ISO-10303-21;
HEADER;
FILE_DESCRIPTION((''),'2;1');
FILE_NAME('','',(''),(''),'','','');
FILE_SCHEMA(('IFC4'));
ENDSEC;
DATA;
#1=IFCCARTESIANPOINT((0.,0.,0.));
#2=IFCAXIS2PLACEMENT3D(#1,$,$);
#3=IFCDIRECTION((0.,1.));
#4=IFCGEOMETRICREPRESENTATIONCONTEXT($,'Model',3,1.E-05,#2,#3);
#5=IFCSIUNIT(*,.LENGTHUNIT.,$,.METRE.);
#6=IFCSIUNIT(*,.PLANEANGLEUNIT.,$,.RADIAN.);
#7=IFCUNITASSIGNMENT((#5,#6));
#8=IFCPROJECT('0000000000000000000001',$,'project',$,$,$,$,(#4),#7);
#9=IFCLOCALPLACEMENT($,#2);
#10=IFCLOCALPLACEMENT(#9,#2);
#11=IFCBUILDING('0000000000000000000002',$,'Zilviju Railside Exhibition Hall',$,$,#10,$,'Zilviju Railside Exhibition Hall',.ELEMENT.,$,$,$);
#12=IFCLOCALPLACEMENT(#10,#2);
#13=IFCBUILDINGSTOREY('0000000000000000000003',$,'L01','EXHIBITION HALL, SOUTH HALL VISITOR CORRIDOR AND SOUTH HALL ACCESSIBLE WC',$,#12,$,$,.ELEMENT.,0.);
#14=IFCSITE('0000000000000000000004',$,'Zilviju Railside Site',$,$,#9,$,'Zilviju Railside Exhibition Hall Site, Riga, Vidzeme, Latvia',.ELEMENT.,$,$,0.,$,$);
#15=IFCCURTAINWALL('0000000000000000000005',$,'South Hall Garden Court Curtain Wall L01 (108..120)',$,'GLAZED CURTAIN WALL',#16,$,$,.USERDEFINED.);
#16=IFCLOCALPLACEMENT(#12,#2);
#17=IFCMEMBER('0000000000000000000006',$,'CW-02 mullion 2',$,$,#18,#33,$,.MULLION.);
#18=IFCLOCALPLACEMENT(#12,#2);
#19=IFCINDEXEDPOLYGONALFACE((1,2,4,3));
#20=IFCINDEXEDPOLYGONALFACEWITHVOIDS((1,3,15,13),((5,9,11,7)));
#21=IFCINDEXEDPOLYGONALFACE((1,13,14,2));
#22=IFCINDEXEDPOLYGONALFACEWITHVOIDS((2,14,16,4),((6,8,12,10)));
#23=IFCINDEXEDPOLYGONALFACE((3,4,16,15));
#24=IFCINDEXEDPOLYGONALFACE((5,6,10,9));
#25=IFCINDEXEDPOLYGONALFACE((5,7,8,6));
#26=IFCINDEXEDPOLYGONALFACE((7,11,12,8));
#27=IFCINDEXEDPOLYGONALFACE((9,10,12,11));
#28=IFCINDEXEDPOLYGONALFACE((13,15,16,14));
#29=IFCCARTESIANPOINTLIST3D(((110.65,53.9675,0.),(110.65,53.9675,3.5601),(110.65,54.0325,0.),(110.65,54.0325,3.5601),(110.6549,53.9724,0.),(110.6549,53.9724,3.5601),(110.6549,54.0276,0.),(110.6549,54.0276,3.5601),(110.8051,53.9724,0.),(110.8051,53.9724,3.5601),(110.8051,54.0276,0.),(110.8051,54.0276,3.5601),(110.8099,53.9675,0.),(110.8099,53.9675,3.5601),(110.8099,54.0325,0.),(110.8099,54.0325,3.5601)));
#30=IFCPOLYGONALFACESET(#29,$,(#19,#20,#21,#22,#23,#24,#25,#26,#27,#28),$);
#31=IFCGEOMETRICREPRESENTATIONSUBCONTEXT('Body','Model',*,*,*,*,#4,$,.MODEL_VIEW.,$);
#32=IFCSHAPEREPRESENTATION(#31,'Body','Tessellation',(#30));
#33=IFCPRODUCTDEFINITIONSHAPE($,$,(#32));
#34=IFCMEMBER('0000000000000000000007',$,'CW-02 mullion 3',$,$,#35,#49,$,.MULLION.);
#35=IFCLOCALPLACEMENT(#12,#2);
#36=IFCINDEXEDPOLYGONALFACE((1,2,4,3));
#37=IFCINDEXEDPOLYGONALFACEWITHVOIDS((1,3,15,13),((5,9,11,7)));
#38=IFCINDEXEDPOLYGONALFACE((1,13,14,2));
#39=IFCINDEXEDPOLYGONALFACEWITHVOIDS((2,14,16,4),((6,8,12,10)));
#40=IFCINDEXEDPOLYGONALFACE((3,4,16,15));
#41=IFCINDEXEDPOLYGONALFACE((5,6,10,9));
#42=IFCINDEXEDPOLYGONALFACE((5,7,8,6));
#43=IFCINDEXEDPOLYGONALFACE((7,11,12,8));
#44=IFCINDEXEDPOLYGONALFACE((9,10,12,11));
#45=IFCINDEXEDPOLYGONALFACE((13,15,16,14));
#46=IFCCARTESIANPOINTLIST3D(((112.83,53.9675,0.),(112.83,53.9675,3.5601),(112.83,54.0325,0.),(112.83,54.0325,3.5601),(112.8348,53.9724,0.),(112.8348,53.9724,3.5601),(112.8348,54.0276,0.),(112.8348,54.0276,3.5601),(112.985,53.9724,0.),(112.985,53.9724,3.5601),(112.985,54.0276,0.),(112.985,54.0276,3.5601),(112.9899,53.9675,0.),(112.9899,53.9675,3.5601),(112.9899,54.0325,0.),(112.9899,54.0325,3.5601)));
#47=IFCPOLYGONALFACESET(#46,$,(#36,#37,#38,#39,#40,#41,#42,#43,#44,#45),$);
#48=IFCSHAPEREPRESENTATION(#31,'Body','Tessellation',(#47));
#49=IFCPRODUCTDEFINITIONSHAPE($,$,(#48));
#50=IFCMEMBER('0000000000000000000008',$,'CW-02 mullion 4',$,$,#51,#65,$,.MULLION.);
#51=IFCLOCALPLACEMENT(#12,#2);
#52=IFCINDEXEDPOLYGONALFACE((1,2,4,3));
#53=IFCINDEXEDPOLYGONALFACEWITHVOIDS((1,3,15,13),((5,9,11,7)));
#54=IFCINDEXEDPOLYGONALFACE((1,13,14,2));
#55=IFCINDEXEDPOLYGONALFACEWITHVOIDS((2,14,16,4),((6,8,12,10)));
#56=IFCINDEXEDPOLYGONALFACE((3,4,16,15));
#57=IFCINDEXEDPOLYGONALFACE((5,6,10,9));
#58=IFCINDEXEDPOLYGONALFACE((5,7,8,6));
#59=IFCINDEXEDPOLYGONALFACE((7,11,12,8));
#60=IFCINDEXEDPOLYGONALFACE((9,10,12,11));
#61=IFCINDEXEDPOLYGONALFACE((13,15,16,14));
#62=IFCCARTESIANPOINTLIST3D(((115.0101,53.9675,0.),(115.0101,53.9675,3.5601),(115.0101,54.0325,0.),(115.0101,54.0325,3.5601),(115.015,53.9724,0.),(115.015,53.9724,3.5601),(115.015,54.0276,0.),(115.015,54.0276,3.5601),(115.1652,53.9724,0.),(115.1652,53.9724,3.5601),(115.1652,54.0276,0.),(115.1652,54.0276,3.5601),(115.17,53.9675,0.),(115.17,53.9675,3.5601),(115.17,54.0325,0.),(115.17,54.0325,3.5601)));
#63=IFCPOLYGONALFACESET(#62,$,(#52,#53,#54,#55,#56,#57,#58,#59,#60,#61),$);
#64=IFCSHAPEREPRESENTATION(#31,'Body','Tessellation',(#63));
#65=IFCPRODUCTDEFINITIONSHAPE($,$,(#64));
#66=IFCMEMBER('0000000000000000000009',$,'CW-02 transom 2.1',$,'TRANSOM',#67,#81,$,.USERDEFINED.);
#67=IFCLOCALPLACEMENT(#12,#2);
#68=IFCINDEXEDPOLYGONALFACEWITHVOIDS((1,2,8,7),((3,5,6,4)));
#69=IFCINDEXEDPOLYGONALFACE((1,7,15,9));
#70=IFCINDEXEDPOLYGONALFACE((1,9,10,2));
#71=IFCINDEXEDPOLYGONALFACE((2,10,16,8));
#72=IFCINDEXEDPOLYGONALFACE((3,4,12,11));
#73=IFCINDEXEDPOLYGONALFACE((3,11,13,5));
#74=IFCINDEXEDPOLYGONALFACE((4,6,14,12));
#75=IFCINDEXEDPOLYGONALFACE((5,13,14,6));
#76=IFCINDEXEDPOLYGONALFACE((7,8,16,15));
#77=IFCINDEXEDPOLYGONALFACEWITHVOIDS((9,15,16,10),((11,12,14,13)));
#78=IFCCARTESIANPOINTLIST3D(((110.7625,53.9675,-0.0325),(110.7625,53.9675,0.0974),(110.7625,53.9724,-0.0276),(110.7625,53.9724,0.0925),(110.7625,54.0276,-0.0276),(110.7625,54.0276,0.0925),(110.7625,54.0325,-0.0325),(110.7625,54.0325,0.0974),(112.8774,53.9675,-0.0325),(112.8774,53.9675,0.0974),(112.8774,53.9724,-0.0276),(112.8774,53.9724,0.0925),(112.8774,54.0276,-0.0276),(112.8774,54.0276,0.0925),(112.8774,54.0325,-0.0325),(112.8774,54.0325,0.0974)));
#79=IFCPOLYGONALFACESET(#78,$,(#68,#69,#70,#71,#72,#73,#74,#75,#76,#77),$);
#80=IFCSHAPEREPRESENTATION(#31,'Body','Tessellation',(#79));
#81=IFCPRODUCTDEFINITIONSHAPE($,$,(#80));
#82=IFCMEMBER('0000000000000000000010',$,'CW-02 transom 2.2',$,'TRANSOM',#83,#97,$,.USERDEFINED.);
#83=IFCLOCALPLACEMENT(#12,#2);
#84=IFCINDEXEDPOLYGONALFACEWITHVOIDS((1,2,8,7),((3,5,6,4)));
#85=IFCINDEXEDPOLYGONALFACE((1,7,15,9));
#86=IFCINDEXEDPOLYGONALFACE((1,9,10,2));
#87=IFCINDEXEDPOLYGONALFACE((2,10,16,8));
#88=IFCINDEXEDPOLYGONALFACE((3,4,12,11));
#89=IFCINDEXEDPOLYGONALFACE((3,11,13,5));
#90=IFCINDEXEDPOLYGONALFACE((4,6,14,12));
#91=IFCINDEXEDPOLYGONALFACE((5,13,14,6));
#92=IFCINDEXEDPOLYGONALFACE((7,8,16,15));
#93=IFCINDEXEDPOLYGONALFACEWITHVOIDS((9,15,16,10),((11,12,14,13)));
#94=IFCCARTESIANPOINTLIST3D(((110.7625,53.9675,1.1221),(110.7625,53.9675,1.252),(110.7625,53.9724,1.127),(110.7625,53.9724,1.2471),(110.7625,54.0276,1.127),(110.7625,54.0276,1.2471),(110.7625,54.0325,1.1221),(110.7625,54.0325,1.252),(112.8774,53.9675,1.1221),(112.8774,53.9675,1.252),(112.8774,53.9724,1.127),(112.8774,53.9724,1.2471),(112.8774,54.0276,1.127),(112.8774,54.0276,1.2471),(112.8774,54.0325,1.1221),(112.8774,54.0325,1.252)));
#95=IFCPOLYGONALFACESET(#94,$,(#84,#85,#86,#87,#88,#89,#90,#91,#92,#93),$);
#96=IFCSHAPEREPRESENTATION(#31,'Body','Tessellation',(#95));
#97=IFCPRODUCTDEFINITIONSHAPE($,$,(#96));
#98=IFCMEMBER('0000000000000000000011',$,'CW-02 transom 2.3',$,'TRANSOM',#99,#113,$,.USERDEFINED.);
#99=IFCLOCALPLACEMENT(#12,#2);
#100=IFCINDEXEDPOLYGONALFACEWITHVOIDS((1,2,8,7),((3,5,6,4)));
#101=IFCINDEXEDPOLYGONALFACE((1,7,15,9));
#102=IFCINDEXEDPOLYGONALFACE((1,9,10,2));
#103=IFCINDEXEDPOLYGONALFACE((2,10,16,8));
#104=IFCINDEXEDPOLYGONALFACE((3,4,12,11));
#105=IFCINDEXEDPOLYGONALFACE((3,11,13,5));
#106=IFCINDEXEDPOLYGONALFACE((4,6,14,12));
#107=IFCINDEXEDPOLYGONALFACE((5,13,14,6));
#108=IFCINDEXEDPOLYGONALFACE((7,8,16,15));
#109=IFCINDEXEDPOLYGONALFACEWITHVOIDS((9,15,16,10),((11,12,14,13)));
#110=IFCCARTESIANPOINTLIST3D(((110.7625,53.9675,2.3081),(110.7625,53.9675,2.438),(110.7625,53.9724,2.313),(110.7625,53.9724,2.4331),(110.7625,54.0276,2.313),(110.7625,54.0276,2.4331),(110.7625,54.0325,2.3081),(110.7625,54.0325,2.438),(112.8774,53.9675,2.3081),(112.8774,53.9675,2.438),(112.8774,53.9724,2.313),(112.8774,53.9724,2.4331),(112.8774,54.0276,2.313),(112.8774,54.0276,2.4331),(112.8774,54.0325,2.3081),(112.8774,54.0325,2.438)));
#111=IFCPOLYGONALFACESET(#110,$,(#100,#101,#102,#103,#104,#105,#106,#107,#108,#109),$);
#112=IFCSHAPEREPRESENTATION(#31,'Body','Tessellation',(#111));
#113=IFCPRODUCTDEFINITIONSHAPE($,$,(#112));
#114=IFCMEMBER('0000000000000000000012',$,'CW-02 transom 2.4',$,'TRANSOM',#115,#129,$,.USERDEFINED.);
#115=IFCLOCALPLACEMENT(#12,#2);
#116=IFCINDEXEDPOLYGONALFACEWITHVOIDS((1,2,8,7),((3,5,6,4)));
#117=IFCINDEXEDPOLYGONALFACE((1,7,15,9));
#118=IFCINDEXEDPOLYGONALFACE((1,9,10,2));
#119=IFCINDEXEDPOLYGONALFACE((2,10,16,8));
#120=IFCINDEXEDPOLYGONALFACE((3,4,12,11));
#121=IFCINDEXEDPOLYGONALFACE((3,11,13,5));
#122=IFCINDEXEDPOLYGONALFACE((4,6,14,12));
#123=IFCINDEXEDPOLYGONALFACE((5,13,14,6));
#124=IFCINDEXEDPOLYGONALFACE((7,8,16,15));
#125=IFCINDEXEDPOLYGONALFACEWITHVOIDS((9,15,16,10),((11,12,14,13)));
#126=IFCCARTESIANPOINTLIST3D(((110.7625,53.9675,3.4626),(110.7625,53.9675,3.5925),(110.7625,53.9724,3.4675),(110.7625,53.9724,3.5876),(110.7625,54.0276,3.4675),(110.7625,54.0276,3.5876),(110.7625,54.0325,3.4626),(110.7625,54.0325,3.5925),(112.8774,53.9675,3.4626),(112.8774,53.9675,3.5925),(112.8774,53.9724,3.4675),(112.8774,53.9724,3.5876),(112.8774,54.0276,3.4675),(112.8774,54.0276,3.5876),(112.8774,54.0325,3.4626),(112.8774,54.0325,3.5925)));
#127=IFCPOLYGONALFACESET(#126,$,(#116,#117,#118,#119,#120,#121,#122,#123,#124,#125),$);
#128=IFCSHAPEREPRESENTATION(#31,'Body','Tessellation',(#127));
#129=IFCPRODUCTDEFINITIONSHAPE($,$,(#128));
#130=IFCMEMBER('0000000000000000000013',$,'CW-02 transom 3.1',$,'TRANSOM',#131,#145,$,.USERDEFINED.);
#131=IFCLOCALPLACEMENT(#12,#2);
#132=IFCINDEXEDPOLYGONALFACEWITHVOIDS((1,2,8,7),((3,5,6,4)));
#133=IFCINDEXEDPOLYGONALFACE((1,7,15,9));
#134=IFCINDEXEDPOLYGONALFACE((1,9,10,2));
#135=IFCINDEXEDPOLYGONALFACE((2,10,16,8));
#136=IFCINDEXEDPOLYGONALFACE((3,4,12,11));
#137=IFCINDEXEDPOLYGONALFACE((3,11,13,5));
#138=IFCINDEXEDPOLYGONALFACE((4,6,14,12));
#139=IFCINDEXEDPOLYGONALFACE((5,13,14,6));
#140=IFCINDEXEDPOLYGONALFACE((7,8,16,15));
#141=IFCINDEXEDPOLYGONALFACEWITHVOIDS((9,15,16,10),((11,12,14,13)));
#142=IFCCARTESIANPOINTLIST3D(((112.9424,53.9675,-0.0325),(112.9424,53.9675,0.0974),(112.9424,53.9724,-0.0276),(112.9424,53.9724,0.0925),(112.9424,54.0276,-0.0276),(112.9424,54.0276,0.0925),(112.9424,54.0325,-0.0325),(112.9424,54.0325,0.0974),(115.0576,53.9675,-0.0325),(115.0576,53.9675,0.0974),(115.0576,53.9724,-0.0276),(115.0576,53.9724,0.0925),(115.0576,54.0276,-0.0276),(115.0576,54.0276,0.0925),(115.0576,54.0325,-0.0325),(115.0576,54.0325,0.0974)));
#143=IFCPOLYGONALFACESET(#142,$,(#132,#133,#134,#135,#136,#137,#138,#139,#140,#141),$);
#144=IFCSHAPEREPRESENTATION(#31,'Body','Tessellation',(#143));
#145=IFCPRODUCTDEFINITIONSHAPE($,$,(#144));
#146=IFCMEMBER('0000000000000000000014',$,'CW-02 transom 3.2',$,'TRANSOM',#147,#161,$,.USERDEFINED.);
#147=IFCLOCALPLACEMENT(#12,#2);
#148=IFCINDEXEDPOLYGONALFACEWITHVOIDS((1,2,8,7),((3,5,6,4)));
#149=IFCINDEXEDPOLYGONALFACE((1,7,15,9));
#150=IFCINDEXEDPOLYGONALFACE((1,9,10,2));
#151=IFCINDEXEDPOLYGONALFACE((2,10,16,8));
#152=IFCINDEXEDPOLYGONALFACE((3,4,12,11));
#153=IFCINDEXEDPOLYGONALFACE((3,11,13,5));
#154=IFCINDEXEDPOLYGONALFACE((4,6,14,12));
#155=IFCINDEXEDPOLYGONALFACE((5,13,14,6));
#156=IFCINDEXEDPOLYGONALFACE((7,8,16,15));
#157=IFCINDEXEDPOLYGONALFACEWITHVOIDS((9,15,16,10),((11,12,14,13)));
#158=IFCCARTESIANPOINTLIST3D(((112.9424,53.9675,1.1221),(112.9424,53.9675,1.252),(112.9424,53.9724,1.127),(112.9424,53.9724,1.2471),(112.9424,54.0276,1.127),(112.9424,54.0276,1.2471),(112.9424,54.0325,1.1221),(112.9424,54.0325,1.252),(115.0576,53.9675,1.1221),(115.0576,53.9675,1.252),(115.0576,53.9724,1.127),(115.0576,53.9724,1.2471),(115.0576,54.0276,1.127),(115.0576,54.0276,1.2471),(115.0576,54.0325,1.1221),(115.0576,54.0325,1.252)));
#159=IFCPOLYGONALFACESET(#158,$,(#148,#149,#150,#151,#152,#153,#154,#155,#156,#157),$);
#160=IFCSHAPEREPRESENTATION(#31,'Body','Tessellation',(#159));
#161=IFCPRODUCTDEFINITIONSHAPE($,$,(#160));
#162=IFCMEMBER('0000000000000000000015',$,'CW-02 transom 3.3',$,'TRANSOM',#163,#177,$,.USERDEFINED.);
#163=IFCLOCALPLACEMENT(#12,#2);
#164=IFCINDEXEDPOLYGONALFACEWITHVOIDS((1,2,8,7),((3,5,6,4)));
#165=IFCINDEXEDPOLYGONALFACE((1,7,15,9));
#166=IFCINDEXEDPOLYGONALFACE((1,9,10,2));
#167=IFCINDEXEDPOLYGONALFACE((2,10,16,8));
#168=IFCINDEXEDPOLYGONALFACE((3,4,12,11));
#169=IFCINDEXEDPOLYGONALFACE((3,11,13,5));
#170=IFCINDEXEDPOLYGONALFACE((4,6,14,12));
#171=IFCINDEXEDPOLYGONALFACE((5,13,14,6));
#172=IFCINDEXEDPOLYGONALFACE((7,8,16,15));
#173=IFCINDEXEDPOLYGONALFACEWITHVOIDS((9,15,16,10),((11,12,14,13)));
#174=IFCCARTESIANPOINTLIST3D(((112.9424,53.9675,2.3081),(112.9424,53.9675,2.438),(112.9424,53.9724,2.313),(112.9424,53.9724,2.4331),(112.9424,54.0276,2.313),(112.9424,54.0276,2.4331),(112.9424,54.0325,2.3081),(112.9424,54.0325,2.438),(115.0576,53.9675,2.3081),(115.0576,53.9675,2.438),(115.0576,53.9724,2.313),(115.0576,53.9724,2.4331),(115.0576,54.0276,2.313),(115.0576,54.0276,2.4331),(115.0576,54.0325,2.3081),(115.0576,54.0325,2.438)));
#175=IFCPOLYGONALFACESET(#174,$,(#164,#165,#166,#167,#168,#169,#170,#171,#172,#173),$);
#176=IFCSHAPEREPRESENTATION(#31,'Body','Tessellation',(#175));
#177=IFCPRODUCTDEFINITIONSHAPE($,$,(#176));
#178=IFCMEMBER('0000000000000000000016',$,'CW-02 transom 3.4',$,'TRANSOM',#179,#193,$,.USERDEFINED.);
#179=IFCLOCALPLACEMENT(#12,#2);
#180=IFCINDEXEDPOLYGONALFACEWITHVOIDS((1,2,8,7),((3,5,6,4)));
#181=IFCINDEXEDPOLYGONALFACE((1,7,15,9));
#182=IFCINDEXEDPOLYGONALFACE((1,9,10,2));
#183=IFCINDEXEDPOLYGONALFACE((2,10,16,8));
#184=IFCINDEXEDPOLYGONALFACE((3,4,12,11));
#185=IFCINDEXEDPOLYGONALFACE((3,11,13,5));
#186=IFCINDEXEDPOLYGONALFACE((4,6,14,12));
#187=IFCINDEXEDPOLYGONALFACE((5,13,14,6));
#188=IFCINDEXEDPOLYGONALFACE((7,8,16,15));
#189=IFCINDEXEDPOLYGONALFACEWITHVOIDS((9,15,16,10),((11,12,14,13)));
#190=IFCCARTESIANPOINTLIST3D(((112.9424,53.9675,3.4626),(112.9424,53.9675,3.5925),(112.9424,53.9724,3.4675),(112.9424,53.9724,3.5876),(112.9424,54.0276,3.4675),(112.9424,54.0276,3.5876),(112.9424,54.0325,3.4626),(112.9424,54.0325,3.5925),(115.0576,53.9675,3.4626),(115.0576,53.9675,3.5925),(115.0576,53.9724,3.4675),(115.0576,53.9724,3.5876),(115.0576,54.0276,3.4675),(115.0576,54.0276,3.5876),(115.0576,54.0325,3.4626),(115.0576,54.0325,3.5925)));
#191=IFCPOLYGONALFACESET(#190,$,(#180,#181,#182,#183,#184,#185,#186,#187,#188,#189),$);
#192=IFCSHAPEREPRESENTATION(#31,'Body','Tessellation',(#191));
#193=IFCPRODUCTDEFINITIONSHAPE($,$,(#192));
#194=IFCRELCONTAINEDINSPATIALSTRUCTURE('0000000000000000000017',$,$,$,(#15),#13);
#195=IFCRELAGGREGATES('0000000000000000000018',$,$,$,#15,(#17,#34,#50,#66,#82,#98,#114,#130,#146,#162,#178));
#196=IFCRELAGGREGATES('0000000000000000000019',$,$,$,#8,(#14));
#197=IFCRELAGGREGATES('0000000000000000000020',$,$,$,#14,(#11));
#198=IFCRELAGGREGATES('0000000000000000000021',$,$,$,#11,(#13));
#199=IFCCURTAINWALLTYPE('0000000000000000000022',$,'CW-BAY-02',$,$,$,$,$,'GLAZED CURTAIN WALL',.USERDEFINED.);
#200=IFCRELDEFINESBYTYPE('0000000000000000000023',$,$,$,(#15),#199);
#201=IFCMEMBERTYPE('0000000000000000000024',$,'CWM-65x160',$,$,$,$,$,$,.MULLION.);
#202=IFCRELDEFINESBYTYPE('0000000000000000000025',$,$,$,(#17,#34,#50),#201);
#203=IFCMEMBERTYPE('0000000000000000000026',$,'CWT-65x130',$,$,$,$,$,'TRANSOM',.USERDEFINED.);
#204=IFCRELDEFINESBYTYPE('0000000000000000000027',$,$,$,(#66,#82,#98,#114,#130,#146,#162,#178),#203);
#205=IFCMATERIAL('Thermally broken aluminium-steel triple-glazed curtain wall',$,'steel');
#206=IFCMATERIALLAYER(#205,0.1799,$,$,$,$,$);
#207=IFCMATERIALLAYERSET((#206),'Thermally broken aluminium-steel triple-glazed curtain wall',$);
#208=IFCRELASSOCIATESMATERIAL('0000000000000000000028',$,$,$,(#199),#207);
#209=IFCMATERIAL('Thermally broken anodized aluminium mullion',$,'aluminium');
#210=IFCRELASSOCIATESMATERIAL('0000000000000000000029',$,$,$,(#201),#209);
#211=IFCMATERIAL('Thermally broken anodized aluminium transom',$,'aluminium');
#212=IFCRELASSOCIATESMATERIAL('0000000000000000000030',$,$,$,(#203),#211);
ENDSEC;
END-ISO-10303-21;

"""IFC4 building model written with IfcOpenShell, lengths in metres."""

from ifc_helpers import new_model, si_unit, direction, frame, origin, origin_2d, place, context, subcontext, project, spatial, hollow_rectangle, extrude, material, layer, layer_set, material_profile, profile_set, type_object, element, aggregate, save


model = new_model("IFC4")

# Units and contexts
model_context = context("Model", 3, precision=1e-05, world=origin(), true_north=direction((0.0, 1.0)))
body_context = subcontext(model_context, "Body", "Model", "MODEL_VIEW")
ifc_project = project(units=[si_unit("LENGTHUNIT", "METRE"), si_unit("PLANEANGLEUNIT", "RADIAN")], contexts=[model_context])

# Site, building, storey
site_placement = place(None, origin())
site = spatial("IfcSite", under=ifc_project, at=site_placement, Name="Zilviju Railside Site", LongName="Zilviju Railside Exhibition Hall Site, Riga, Vidzeme, Latvia", CompositionType="ELEMENT", RefElevation=0.0)
building_placement = place(site_placement, origin())
building = spatial("IfcBuilding", under=site, at=building_placement, Name="Zilviju Railside Exhibition Hall", LongName="Zilviju Railside Exhibition Hall", CompositionType="ELEMENT")
storey_placement = place(building_placement, origin())
storey = spatial("IfcBuildingStorey", under=building, at=storey_placement, Name="L01", Description="EXHIBITION HALL, SOUTH HALL VISITOR CORRIDOR AND SOUTH HALL ACCESSIBLE WC", CompositionType="ELEMENT", Elevation=0.0)

# Curtain wall, members
ifc_material_1 = material(Name="Thermally broken aluminium-steel triple-glazed curtain wall", Category="steel")
ifc_layer_1 = layer(ifc_material_1, 0.1799)
ifc_layer_set_1 = layer_set([ifc_layer_1], Name="Thermally broken aluminium-steel triple-glazed curtain wall")
curtain_wall_type = type_object("IfcCurtainWallType", Name="CW-BAY-02", ElementType="GLAZED CURTAIN WALL", PredefinedType="USERDEFINED", material=ifc_layer_set_1)
curtain_wall_placement = place(storey_placement, origin())
curtain_wall = element("IfcCurtainWall", 1, at=curtain_wall_placement, inside=storey, type_object=curtain_wall_type, Name="South Hall Garden Court Curtain Wall L01 (108..120)", ObjectType="GLAZED CURTAIN WALL", PredefinedType="USERDEFINED")
ifc_material_2 = material(Name="Thermally broken anodized aluminium mullion", Category="aluminium")
ifc_material_profile_1 = material_profile(ifc_material_2, hollow_rectangle(XDim=0.0649, YDim=0.1599, WallThickness=0.0049, at=origin_2d()), Name="MULLION 160x65x5")
ifc_profile_set_1 = profile_set([ifc_material_profile_1], Name="Thermally broken anodized aluminium mullion")
member_type_1 = type_object("IfcMemberType", Name="CWM-65x160", PredefinedType="MULLION", material=ifc_profile_set_1)
member_1_placement = place(storey_placement, frame((110.73, 54.0, 0.0), z_axis=(0.0, 0.0, 1.0), x_axis=(0.0, 1.0, 0.0)))
member_1 = element("IfcMember", 2, at=member_1_placement, type_object=member_type_1, Name="CW-02 mullion 2", PredefinedType="MULLION", context=body_context, shape_type="SweptSolid", body=[
    extrude(hollow_rectangle(XDim=0.0649, YDim=0.1599, WallThickness=0.0049, at=origin_2d()), origin(), (0.0, 0.0, 1.0), 3.5601),
])
member_2_placement = place(storey_placement, frame((112.9099, 54.0, 0.0), z_axis=(0.0, 0.0, 1.0), x_axis=(0.0, 1.0, 0.0)))
member_2 = element("IfcMember", 3, at=member_2_placement, type_object=member_type_1, Name="CW-02 mullion 3", PredefinedType="MULLION", context=body_context, shape_type="SweptSolid", body=[
    extrude(hollow_rectangle(XDim=0.0649, YDim=0.1599, WallThickness=0.0049, at=origin_2d()), origin(), (0.0, 0.0, 1.0), 3.5601),
])
member_3_placement = place(storey_placement, frame((115.0901, 54.0, 0.0), z_axis=(0.0, 0.0, 1.0), x_axis=(0.0, 1.0, 0.0)))
member_3 = element("IfcMember", 4, at=member_3_placement, type_object=member_type_1, Name="CW-02 mullion 4", PredefinedType="MULLION", context=body_context, shape_type="SweptSolid", body=[
    extrude(hollow_rectangle(XDim=0.0649, YDim=0.1599, WallThickness=0.0049, at=origin_2d()), origin(), (0.0, 0.0, 1.0), 3.5601),
])
ifc_material_3 = material(Name="Thermally broken anodized aluminium transom", Category="aluminium")
ifc_material_profile_2 = material_profile(ifc_material_3, hollow_rectangle(XDim=0.0649, YDim=0.1299, WallThickness=0.0049, at=origin_2d()), Name="TRANSOM 130x65x5")
ifc_profile_set_2 = profile_set([ifc_material_profile_2], Name="Thermally broken anodized aluminium transom")
member_type_2 = type_object("IfcMemberType", Name="CWT-65x130", ElementType="TRANSOM", PredefinedType="USERDEFINED", material=ifc_profile_set_2)
member_4_placement = place(storey_placement, frame((110.7625, 54.0, 0.0325), z_axis=(1.0, 0.0, 0.0), x_axis=(0.0, 1.0, 0.0)))
member_4 = element("IfcMember", 5, at=member_4_placement, type_object=member_type_2, Name="CW-02 transom 2.1", ObjectType="TRANSOM", PredefinedType="USERDEFINED", context=body_context, shape_type="SweptSolid", body=[
    extrude(hollow_rectangle(XDim=0.0649, YDim=0.1299, WallThickness=0.0049, at=origin_2d()), origin(), (0.0, 0.0, 1.0), 2.115),
])
member_5_placement = place(storey_placement, frame((110.7625, 54.0, 1.187), z_axis=(1.0, 0.0, 0.0), x_axis=(0.0, 1.0, 0.0)))
member_5 = element("IfcMember", 6, at=member_5_placement, type_object=member_type_2, Name="CW-02 transom 2.2", ObjectType="TRANSOM", PredefinedType="USERDEFINED", context=body_context, shape_type="SweptSolid", body=[
    extrude(hollow_rectangle(XDim=0.0649, YDim=0.1299, WallThickness=0.0049, at=origin_2d()), origin(), (0.0, 0.0, 1.0), 2.115),
])
member_6_placement = place(storey_placement, frame((110.7625, 54.0, 2.373), z_axis=(1.0, 0.0, 0.0), x_axis=(0.0, 1.0, 0.0)))
member_6 = element("IfcMember", 7, at=member_6_placement, type_object=member_type_2, Name="CW-02 transom 2.3", ObjectType="TRANSOM", PredefinedType="USERDEFINED", context=body_context, shape_type="SweptSolid", body=[
    extrude(hollow_rectangle(XDim=0.0649, YDim=0.1299, WallThickness=0.0049, at=origin_2d()), origin(), (0.0, 0.0, 1.0), 2.115),
])
member_7_placement = place(storey_placement, frame((110.7625, 54.0, 3.5276), z_axis=(1.0, 0.0, 0.0), x_axis=(0.0, 1.0, 0.0)))
member_7 = element("IfcMember", 8, at=member_7_placement, type_object=member_type_2, Name="CW-02 transom 2.4", ObjectType="TRANSOM", PredefinedType="USERDEFINED", context=body_context, shape_type="SweptSolid", body=[
    extrude(hollow_rectangle(XDim=0.0649, YDim=0.1299, WallThickness=0.0049, at=origin_2d()), origin(), (0.0, 0.0, 1.0), 2.115),
])
member_8_placement = place(storey_placement, frame((112.9424, 54.0, 0.0325), z_axis=(1.0, 0.0, 0.0), x_axis=(0.0, 1.0, 0.0)))
member_8 = element("IfcMember", 9, at=member_8_placement, type_object=member_type_2, Name="CW-02 transom 3.1", ObjectType="TRANSOM", PredefinedType="USERDEFINED", context=body_context, shape_type="SweptSolid", body=[
    extrude(hollow_rectangle(XDim=0.0649, YDim=0.1299, WallThickness=0.0049, at=origin_2d()), origin(), (0.0, 0.0, 1.0), 2.1152),
])
member_9_placement = place(storey_placement, frame((112.9424, 54.0, 1.187), z_axis=(1.0, 0.0, 0.0), x_axis=(0.0, 1.0, 0.0)))
member_9 = element("IfcMember", 10, at=member_9_placement, type_object=member_type_2, Name="CW-02 transom 3.2", ObjectType="TRANSOM", PredefinedType="USERDEFINED", context=body_context, shape_type="SweptSolid", body=[
    extrude(hollow_rectangle(XDim=0.0649, YDim=0.1299, WallThickness=0.0049, at=origin_2d()), origin(), (0.0, 0.0, 1.0), 2.1152),
])
member_10_placement = place(storey_placement, frame((112.9424, 54.0, 2.373), z_axis=(1.0, 0.0, 0.0), x_axis=(0.0, 1.0, 0.0)))
member_10 = element("IfcMember", 11, at=member_10_placement, type_object=member_type_2, Name="CW-02 transom 3.3", ObjectType="TRANSOM", PredefinedType="USERDEFINED", context=body_context, shape_type="SweptSolid", body=[
    extrude(hollow_rectangle(XDim=0.0649, YDim=0.1299, WallThickness=0.0049, at=origin_2d()), origin(), (0.0, 0.0, 1.0), 2.1152),
])
member_11_placement = place(storey_placement, frame((112.9424, 54.0, 3.5276), z_axis=(1.0, 0.0, 0.0), x_axis=(0.0, 1.0, 0.0)))
member_11 = element("IfcMember", 12, at=member_11_placement, type_object=member_type_2, Name="CW-02 transom 3.4", ObjectType="TRANSOM", PredefinedType="USERDEFINED", context=body_context, shape_type="SweptSolid", body=[
    extrude(hollow_rectangle(XDim=0.0649, YDim=0.1299, WallThickness=0.0049, at=origin_2d()), origin(), (0.0, 0.0, 1.0), 2.1152),
])
aggregate(curtain_wall, [member_1, member_2, member_3, member_4, member_5, member_6, member_7, member_8, member_9, member_10, member_11])

save(model, "model.ifc")
